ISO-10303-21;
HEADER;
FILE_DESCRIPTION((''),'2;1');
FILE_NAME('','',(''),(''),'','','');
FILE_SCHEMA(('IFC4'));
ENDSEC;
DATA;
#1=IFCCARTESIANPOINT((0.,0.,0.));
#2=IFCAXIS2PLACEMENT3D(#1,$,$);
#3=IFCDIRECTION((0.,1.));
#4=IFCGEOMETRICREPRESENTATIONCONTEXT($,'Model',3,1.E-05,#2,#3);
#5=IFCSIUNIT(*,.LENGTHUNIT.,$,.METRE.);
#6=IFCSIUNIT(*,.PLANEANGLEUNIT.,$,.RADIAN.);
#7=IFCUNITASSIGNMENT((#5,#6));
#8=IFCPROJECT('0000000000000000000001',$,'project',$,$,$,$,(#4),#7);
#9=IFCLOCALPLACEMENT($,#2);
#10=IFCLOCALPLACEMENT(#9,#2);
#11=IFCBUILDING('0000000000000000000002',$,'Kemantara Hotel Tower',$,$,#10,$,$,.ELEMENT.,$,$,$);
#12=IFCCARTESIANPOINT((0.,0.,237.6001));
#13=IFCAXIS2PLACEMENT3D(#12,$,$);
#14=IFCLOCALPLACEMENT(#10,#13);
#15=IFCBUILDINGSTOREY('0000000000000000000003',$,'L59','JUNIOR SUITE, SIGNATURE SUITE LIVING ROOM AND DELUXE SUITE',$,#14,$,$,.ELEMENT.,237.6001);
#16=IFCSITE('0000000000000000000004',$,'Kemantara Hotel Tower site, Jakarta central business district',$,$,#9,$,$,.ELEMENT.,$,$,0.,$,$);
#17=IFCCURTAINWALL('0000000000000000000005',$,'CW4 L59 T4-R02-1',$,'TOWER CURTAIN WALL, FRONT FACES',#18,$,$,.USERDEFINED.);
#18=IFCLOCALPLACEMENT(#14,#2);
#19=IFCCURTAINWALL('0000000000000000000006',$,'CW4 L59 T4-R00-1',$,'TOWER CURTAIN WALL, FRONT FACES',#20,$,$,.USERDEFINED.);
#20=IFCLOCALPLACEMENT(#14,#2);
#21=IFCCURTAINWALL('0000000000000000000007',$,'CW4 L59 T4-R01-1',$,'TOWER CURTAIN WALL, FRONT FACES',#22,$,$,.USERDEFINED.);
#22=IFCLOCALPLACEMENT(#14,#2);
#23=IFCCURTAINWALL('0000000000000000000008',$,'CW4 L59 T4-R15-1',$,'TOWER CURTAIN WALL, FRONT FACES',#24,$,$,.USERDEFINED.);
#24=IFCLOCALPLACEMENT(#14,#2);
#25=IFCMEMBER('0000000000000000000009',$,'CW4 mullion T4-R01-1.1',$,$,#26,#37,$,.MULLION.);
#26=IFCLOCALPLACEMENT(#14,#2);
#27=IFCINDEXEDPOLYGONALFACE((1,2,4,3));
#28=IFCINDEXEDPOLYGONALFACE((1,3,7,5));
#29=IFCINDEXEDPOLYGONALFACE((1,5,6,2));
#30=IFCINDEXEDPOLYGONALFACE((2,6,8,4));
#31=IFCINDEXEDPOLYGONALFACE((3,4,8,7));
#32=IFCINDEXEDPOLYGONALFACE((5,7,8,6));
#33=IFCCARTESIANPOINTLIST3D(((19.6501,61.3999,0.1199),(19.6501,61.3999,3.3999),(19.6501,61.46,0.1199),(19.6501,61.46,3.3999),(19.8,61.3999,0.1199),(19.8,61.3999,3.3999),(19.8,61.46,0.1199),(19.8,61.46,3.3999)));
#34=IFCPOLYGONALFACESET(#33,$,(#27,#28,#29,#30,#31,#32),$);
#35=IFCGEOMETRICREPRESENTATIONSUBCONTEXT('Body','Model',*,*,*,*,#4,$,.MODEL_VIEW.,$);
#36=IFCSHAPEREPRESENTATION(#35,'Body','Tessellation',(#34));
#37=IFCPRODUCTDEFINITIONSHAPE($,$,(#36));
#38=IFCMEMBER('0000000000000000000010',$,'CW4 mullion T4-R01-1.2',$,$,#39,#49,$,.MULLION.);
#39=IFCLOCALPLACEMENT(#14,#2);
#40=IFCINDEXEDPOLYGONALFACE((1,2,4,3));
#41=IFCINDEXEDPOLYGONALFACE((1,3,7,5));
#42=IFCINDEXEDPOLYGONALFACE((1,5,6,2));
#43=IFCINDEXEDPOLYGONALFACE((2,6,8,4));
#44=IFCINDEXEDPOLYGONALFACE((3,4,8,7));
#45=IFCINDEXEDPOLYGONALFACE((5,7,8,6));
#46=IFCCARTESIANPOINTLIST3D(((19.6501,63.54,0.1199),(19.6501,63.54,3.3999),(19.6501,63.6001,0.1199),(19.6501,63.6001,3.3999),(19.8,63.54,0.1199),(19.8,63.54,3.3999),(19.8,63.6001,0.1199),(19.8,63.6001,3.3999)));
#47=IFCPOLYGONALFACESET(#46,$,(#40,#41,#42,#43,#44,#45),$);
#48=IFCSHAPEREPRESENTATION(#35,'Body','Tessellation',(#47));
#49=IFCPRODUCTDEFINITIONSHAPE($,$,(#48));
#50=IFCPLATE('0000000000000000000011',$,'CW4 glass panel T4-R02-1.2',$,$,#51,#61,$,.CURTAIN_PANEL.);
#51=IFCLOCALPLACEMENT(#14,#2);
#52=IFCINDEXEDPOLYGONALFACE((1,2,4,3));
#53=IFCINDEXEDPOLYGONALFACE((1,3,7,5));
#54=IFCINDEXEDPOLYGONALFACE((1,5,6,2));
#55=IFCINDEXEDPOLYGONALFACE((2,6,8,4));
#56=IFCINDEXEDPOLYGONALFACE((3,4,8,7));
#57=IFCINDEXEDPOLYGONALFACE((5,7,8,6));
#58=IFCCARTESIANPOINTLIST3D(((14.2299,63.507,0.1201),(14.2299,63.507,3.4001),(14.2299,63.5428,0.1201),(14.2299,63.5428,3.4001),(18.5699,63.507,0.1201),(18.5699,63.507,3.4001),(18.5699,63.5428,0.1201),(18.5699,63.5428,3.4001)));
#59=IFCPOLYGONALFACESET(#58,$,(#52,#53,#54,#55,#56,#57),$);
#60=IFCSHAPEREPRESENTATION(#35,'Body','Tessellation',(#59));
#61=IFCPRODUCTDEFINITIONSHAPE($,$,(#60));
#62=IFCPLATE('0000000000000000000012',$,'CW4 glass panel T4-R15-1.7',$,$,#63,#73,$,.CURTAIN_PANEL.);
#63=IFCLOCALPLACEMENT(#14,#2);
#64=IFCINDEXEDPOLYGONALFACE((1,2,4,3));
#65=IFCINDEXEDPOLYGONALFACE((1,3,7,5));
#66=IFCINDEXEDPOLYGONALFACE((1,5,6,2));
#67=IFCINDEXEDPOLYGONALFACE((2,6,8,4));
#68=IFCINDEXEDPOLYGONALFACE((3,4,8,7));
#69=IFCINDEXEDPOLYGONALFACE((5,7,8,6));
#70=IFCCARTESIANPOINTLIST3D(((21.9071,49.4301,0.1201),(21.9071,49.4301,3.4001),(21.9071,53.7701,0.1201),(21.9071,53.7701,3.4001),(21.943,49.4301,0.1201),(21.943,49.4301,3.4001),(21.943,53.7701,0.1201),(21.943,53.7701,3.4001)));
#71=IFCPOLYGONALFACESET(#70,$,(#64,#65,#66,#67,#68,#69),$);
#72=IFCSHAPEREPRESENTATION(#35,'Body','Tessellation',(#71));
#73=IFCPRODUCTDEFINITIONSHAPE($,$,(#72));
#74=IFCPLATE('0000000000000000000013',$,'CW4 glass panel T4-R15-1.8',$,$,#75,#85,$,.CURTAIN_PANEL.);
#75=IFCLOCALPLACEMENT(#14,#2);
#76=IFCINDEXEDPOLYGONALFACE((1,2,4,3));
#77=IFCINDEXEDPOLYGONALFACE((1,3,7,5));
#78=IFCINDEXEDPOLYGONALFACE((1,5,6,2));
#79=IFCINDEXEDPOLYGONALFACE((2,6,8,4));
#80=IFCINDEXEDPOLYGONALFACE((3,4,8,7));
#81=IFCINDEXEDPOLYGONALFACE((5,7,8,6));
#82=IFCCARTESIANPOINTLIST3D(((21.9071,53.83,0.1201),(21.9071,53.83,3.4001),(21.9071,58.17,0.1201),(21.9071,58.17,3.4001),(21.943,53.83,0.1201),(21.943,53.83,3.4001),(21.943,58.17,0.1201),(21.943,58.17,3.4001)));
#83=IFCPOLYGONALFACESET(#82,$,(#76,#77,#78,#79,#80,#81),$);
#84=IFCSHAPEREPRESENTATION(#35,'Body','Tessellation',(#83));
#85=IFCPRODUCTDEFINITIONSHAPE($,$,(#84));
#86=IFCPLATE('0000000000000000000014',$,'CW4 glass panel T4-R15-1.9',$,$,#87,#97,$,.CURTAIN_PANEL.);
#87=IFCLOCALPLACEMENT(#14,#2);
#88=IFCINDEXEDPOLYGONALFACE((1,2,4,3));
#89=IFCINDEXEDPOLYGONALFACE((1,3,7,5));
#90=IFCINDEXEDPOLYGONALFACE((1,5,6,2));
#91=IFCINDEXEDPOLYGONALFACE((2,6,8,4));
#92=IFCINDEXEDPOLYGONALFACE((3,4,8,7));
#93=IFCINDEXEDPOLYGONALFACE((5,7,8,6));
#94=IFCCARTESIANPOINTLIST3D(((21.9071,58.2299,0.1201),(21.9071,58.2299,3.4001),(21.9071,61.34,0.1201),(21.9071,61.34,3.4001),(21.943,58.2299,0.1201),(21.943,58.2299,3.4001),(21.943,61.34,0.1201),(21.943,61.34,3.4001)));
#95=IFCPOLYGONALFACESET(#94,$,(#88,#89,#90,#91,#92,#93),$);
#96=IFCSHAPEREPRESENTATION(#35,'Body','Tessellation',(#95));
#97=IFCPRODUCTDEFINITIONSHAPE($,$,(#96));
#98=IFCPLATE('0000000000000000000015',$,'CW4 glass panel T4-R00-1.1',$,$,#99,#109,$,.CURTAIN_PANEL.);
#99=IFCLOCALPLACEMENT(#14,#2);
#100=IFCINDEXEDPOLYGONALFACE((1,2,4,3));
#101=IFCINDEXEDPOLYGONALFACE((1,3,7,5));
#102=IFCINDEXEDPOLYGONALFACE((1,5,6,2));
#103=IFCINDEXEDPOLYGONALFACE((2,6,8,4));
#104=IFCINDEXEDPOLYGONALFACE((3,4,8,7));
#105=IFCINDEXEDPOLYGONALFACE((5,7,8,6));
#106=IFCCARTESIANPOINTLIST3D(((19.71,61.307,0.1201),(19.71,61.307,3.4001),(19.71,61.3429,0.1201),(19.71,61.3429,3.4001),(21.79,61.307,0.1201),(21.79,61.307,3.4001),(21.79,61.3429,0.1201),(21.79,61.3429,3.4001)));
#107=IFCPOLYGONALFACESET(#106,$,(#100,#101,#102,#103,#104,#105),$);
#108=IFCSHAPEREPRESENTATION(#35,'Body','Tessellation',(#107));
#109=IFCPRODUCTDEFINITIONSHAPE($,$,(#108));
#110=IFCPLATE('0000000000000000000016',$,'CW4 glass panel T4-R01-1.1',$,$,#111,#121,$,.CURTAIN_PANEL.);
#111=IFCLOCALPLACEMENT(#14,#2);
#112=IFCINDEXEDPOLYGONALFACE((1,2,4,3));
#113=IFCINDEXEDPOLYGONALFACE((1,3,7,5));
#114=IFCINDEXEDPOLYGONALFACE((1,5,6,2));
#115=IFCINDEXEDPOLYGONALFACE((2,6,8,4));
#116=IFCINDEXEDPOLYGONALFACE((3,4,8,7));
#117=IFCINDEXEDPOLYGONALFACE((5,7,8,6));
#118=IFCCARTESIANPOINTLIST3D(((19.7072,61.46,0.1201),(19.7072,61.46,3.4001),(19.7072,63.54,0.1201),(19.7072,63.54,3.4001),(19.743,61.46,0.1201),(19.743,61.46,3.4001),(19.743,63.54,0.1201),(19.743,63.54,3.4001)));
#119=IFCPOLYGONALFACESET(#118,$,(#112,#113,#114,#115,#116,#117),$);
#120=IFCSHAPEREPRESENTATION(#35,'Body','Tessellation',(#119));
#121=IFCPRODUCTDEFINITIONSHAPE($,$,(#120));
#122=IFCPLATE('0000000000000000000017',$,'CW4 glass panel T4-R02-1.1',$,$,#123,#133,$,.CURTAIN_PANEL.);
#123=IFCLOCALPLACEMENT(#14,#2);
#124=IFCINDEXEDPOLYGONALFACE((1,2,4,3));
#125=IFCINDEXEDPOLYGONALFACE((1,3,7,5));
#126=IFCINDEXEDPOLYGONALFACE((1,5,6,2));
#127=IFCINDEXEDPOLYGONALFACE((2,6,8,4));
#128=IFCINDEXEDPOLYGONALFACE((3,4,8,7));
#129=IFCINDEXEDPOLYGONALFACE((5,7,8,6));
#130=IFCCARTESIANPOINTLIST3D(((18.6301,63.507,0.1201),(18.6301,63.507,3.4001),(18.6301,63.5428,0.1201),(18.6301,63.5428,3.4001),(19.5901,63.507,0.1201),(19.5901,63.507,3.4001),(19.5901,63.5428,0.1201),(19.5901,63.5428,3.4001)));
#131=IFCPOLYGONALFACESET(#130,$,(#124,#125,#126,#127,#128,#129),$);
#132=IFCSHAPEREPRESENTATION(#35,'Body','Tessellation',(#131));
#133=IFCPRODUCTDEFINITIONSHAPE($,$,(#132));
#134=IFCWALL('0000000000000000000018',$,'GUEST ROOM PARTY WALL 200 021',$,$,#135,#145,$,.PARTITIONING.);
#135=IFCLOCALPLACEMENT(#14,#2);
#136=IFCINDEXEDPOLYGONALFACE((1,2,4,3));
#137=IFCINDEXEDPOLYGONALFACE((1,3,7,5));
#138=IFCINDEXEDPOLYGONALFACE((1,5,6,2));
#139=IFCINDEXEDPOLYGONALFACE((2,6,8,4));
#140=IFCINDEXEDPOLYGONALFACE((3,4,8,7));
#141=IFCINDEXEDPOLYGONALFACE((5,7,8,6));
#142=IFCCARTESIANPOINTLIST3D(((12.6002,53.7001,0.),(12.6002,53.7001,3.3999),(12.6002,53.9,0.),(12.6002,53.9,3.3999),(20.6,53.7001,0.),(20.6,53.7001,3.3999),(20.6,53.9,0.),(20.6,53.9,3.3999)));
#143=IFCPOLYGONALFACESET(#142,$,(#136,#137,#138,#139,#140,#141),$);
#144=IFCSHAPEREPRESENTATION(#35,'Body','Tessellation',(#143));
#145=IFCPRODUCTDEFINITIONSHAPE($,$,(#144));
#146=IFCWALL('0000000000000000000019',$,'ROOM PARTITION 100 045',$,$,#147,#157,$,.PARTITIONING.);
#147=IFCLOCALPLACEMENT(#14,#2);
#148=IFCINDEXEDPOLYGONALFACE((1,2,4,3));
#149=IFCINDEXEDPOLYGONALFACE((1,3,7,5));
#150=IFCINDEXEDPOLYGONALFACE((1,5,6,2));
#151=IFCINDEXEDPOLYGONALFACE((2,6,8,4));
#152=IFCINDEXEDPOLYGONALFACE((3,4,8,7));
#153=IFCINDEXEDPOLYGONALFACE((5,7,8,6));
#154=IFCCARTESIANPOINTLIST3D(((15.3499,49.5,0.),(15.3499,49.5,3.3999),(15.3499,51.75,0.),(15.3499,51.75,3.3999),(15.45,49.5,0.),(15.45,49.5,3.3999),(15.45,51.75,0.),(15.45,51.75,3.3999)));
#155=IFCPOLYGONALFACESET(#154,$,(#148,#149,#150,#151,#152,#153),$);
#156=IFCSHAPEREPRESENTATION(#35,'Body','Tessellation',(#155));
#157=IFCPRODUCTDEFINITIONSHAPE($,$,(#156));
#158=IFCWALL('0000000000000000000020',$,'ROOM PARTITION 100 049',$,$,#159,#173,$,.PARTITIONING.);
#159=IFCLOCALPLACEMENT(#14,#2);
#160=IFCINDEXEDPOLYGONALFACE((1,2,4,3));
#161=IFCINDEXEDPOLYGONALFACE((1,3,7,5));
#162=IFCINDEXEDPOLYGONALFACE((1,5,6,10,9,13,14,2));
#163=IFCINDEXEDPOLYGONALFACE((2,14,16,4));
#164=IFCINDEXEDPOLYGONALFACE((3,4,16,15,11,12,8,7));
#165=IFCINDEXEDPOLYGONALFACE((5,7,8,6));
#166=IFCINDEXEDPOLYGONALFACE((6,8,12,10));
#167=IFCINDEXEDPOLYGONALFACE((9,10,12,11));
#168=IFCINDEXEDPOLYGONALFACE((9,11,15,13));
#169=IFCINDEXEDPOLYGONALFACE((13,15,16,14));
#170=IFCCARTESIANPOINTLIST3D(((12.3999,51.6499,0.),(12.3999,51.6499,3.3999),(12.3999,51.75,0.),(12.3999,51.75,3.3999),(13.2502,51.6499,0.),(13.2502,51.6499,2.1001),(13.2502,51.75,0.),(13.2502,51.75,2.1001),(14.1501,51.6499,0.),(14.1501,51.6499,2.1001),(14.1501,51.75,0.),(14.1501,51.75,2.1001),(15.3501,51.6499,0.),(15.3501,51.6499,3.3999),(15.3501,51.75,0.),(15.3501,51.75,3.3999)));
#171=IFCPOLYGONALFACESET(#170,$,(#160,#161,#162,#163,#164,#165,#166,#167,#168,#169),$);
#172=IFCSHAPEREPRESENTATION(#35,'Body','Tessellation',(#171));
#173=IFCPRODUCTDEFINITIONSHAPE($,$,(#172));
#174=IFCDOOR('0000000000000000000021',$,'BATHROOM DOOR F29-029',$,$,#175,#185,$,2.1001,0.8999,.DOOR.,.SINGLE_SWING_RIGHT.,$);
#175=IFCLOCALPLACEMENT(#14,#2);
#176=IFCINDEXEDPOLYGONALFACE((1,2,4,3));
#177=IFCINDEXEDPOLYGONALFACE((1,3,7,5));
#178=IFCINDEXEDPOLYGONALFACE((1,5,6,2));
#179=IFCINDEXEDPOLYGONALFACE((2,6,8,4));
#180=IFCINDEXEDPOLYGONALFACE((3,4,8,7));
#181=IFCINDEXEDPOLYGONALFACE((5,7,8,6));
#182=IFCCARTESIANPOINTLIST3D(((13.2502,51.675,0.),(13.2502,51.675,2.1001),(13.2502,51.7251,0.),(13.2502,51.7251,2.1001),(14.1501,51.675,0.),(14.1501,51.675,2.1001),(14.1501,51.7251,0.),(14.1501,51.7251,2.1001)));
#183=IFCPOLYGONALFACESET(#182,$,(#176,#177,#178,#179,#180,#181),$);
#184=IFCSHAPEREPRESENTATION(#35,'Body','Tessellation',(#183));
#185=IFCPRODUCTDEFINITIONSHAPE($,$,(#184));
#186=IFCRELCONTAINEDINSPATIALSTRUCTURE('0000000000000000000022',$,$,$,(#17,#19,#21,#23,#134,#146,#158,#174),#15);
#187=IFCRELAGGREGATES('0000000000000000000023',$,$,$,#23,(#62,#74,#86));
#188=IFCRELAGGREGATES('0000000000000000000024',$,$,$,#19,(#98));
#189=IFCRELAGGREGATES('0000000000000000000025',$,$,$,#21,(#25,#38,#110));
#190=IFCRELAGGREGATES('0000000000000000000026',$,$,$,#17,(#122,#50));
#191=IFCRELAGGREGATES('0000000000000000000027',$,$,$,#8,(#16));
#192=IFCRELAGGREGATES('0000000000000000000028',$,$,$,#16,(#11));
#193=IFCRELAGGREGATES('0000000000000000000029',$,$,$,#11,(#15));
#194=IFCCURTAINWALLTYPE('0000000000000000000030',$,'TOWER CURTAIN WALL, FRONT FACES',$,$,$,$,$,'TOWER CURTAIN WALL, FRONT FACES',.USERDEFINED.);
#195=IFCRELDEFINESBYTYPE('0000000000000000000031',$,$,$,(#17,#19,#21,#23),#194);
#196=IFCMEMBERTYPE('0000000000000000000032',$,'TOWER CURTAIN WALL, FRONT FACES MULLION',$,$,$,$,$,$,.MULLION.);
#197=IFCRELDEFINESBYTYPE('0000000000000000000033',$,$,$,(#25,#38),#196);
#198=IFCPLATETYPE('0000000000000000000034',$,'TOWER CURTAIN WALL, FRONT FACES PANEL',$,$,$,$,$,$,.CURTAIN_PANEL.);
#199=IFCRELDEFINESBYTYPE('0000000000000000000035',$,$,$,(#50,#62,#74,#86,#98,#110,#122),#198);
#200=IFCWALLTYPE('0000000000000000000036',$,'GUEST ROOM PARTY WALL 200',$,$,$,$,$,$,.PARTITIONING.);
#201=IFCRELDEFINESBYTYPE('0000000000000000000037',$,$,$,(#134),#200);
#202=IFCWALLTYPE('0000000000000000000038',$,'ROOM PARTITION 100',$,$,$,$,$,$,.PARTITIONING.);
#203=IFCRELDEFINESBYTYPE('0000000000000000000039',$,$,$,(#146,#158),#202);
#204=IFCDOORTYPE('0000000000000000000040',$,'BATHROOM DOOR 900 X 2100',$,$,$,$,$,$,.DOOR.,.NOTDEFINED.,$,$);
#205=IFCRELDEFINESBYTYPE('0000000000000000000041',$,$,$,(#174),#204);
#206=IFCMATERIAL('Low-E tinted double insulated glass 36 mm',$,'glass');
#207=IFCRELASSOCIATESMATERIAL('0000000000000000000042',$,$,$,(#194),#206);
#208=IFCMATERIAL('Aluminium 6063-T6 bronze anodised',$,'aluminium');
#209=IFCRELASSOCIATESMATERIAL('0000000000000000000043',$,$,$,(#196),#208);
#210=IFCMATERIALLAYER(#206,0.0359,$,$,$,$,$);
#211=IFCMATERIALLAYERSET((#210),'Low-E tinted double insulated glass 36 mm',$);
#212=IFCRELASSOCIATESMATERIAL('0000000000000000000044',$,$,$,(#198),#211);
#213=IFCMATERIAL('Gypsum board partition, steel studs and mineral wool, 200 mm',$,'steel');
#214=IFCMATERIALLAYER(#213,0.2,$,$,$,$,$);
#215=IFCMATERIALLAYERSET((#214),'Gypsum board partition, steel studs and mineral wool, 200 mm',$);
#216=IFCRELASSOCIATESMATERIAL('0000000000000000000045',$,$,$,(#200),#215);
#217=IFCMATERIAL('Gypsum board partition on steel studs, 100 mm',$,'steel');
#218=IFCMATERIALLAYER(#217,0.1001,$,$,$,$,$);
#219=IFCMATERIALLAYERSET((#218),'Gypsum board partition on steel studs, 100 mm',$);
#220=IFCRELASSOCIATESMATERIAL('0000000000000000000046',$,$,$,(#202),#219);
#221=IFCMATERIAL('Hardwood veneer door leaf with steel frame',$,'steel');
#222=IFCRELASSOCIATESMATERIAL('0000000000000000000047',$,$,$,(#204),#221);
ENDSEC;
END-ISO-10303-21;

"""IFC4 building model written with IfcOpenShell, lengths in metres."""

from ifc_helpers import new_model, si_unit, direction, frame, frame_2d, origin, origin_2d, place, context, subcontext, project, spatial, rectangle, extrude, source, transform, mapped, material, layer, layer_set, material_profile, profile_set, type_object, element, fill, aggregate, save


model = new_model("IFC4")

# Units and contexts
model_context = context("Model", 3, precision=1e-05, world=origin(), true_north=direction((0.0, 1.0)))
body_context = subcontext(model_context, "Body", "Model", "MODEL_VIEW")
ifc_project = project(units=[si_unit("LENGTHUNIT", "METRE"), si_unit("PLANEANGLEUNIT", "RADIAN")], contexts=[model_context])

# Site, building, storey
site_placement = place(None, origin())
site = spatial("IfcSite", under=ifc_project, at=site_placement, Name="Kemantara Hotel Tower site, Jakarta central business district", CompositionType="ELEMENT", RefElevation=0.0)
building_placement = place(site_placement, origin())
building = spatial("IfcBuilding", under=site, at=building_placement, Name="Kemantara Hotel Tower", CompositionType="ELEMENT")
storey_placement = place(building_placement, frame((0.0, 0.0, 237.6001)))
storey = spatial("IfcBuildingStorey", under=building, at=storey_placement, Name="L59", Description="JUNIOR SUITE, SIGNATURE SUITE LIVING ROOM AND DELUXE SUITE", CompositionType="ELEMENT", Elevation=237.6001)

# Curtain walls
ifc_material_1 = material(Name="Low-E tinted double insulated glass 36 mm", Category="glass")
curtain_wall_type = type_object("IfcCurtainWallType", Name="TOWER CURTAIN WALL, FRONT FACES", ElementType="TOWER CURTAIN WALL, FRONT FACES", PredefinedType="USERDEFINED", material=ifc_material_1)
curtain_wall_1_placement = place(storey_placement, origin())
curtain_wall_1 = element("IfcCurtainWall", 1, at=curtain_wall_1_placement, inside=storey, type_object=curtain_wall_type, Name="CW4 L59 T4-R02-1", ObjectType="TOWER CURTAIN WALL, FRONT FACES", PredefinedType="USERDEFINED")
ifc_material_2 = material(Name="Aluminium 6063-T6 bronze anodised", Category="aluminium")
curtain_wall_2_placement = place(storey_placement, origin())
curtain_wall_2 = element("IfcCurtainWall", 2, at=curtain_wall_2_placement, inside=storey, type_object=curtain_wall_type, Name="CW4 L59 T4-R00-1", ObjectType="TOWER CURTAIN WALL, FRONT FACES", PredefinedType="USERDEFINED")
curtain_wall_3_placement = place(storey_placement, origin())
curtain_wall_3 = element("IfcCurtainWall", 3, at=curtain_wall_3_placement, inside=storey, type_object=curtain_wall_type, Name="CW4 L59 T4-R01-1", ObjectType="TOWER CURTAIN WALL, FRONT FACES", PredefinedType="USERDEFINED")

# Shared definitions
ifc_material_profile_1 = material_profile(ifc_material_2, rectangle(XDim=0.1499, YDim=0.0601, at=origin_2d()), Name="TOWER CURTAIN WALL, FRONT FACES MULLION")
ifc_profile_set_1 = profile_set([ifc_material_profile_1], Name="Aluminium 6063-T6 bronze anodised")
member_type_1 = type_object("IfcMemberType", Name="TOWER CURTAIN WALL, FRONT FACES MULLION", PredefinedType="MULLION", material=ifc_profile_set_1)
shared_shape_1 = source(origin(), body_context, "Body", "SweptSolid", [
    extrude(rectangle(XDim=0.1499, YDim=0.0601, at=origin_2d()), origin(), (0.0, 0.0, 1.0), 3.28),
])

# Curtain wall
curtain_wall_4_placement = place(storey_placement, origin())
curtain_wall_4 = element("IfcCurtainWall", 4, at=curtain_wall_4_placement, inside=storey, type_object=curtain_wall_type, Name="CW4 L59 T4-R15-1", ObjectType="TOWER CURTAIN WALL, FRONT FACES", PredefinedType="USERDEFINED")

# Members
member_1_placement = place(storey_placement, frame((19.7251, 61.4299, 0.1199), z_axis=(0.0, 0.0, 1.0), x_axis=(-1.0, 0.0, 0.0)))
member_1 = element("IfcMember", 5, at=member_1_placement, type_object=member_type_1, Name="CW4 mullion T4-R01-1.1", PredefinedType="MULLION", context=body_context, shape_type="MappedRepresentation", body=[
    mapped(shared_shape_1, transform((0.0, 0.0, 0.0))),
])
member_2_placement = place(storey_placement, frame((19.7251, 63.5701, 0.1199), z_axis=(0.0, 0.0, 1.0), x_axis=(-1.0, 0.0, 0.0)))
member_2 = element("IfcMember", 6, at=member_2_placement, type_object=member_type_1, Name="CW4 mullion T4-R01-1.2", PredefinedType="MULLION", context=body_context, shape_type="MappedRepresentation", body=[
    mapped(shared_shape_1, transform((0.0, 0.0, 0.0))),
])

# Plates
ifc_layer_1 = layer(ifc_material_1, 0.0359)
ifc_layer_set_1 = layer_set([ifc_layer_1], Name="Low-E tinted double insulated glass 36 mm")
plate_type = type_object("IfcPlateType", Name="TOWER CURTAIN WALL, FRONT FACES PANEL", PredefinedType="CURTAIN_PANEL", material=ifc_layer_set_1)
shared_shape_2 = source(origin(), body_context, "Body", "SweptSolid", [
    extrude(rectangle(XDim=4.3401, YDim=0.0359, at=origin_2d()), origin(), (0.0, 0.0, 1.0), 3.28),
])
plate_1_placement = place(storey_placement, frame((16.3999, 63.5249, 0.1201), z_axis=(0.0, 0.0, 1.0), x_axis=(-1.0, 0.0, 0.0)))
plate_1 = element("IfcPlate", 7, at=plate_1_placement, type_object=plate_type, Name="CW4 glass panel T4-R02-1.2", PredefinedType="CURTAIN_PANEL", context=body_context, shape_type="MappedRepresentation", body=[
    mapped(shared_shape_2, transform((0.0, 0.0, 0.0))),
])
plate_2_placement = place(storey_placement, frame((21.925, 51.6001, 0.1201), z_axis=(0.0, 0.0, 1.0), x_axis=(0.0, 1.0, 0.0)))
plate_2 = element("IfcPlate", 8, at=plate_2_placement, type_object=plate_type, Name="CW4 glass panel T4-R15-1.7", PredefinedType="CURTAIN_PANEL", context=body_context, shape_type="MappedRepresentation", body=[
    mapped(shared_shape_2, transform((0.0, 0.0, 0.0))),
])
plate_3_placement = place(storey_placement, frame((21.925, 56.0, 0.1201), z_axis=(0.0, 0.0, 1.0), x_axis=(0.0, 1.0, 0.0)))
plate_3 = element("IfcPlate", 9, at=plate_3_placement, type_object=plate_type, Name="CW4 glass panel T4-R15-1.8", PredefinedType="CURTAIN_PANEL", context=body_context, shape_type="MappedRepresentation", body=[
    mapped(shared_shape_2, transform((0.0, 0.0, 0.0))),
])
shared_shape_3 = source(origin(), body_context, "Body", "SweptSolid", [
    extrude(rectangle(XDim=3.1101, YDim=0.0359, at=origin_2d()), origin(), (0.0, 0.0, 1.0), 3.28),
])
plate_4_placement = place(storey_placement, frame((21.925, 59.7849, 0.1201), z_axis=(0.0, 0.0, 1.0), x_axis=(0.0, 1.0, 0.0)))
plate_4 = element("IfcPlate", 10, at=plate_4_placement, type_object=plate_type, Name="CW4 glass panel T4-R15-1.9", PredefinedType="CURTAIN_PANEL", context=body_context, shape_type="MappedRepresentation", body=[
    mapped(shared_shape_3, transform((0.0, 0.0, 0.0))),
])
aggregate(curtain_wall_4, [plate_2, plate_3, plate_4])
shared_shape_4 = source(origin(), body_context, "Body", "SweptSolid", [
    extrude(rectangle(XDim=2.0801, YDim=0.0359, at=origin_2d()), origin(), (0.0, 0.0, 1.0), 3.28),
])
plate_5_placement = place(storey_placement, frame((20.75, 61.325, 0.1201), z_axis=(0.0, 0.0, 1.0), x_axis=(-1.0, 0.0, 0.0)))
plate_5 = element("IfcPlate", 11, at=plate_5_placement, type_object=plate_type, Name="CW4 glass panel T4-R00-1.1", PredefinedType="CURTAIN_PANEL", context=body_context, shape_type="MappedRepresentation", body=[
    mapped(shared_shape_4, transform((0.0, 0.0, 0.0))),
])
aggregate(curtain_wall_2, [plate_5])
plate_6_placement = place(storey_placement, frame((19.7251, 62.5, 0.1201), z_axis=(0.0, 0.0, 1.0), x_axis=(0.0, 1.0, 0.0)))
plate_6 = element("IfcPlate", 12, at=plate_6_placement, type_object=plate_type, Name="CW4 glass panel T4-R01-1.1", PredefinedType="CURTAIN_PANEL", context=body_context, shape_type="MappedRepresentation", body=[
    mapped(shared_shape_4, transform((0.0, 0.0, 0.0))),
])
aggregate(curtain_wall_3, [member_1, member_2, plate_6])
shared_shape_5 = source(origin(), body_context, "Body", "SweptSolid", [
    extrude(rectangle(XDim=0.96, YDim=0.0359, at=origin_2d()), origin(), (0.0, 0.0, 1.0), 3.28),
])
plate_7_placement = place(storey_placement, frame((19.1101, 63.5249, 0.1201), z_axis=(0.0, 0.0, 1.0), x_axis=(-1.0, 0.0, 0.0)))
plate_7 = element("IfcPlate", 13, at=plate_7_placement, type_object=plate_type, Name="CW4 glass panel T4-R02-1.1", PredefinedType="CURTAIN_PANEL", context=body_context, shape_type="MappedRepresentation", body=[
    mapped(shared_shape_5, transform((0.0, 0.0, 0.0))),
])
aggregate(curtain_wall_1, [plate_7, plate_1])

# Walls
ifc_material_3 = material(Name="Gypsum board partition, steel studs and mineral wool, 200 mm", Category="steel")
ifc_layer_2 = layer(ifc_material_3, 0.2)
ifc_layer_set_2 = layer_set([ifc_layer_2], Name="Gypsum board partition, steel studs and mineral wool, 200 mm")
wall_type_1 = type_object("IfcWallType", Name="GUEST ROOM PARTY WALL 200", PredefinedType="PARTITIONING", material=ifc_layer_set_2)
wall_1_placement = place(storey_placement, frame((12.6001, 53.8, 0.0), z_axis=(0.0, 0.0, 1.0), x_axis=(1.0, 0.0, 0.0)))
element("IfcWall", 14, at=wall_1_placement, inside=storey, type_object=wall_type_1, Name="GUEST ROOM PARTY WALL 200 021", PredefinedType="PARTITIONING", context=body_context, shape_type="SweptSolid", body=[
    extrude(rectangle(XDim=7.9998, YDim=0.2, at=frame_2d((4.0, 0.0))), origin(), (0.0, 0.0, 1.0), 3.3999),
])
ifc_material_4 = material(Name="Gypsum board partition on steel studs, 100 mm", Category="steel")
ifc_layer_3 = layer(ifc_material_4, 0.1001)
ifc_layer_set_3 = layer_set([ifc_layer_3], Name="Gypsum board partition on steel studs, 100 mm")
wall_type_2 = type_object("IfcWallType", Name="ROOM PARTITION 100", PredefinedType="PARTITIONING", material=ifc_layer_set_3)
wall_2_placement = place(storey_placement, frame((15.3999, 49.5, 0.0), z_axis=(0.0, 0.0, 1.0), x_axis=(0.0, 1.0, 0.0)))
element("IfcWall", 15, at=wall_2_placement, inside=storey, type_object=wall_type_2, Name="ROOM PARTITION 100 045", PredefinedType="PARTITIONING", context=body_context, shape_type="SweptSolid", body=[
    extrude(rectangle(XDim=2.25, YDim=0.1001, at=frame_2d((1.125, 0.0))), origin(), (0.0, 0.0, 1.0), 3.3999),
])

# Wall, opening, door
wall_3_placement = place(storey_placement, frame((15.3501, 51.7, 0.0), z_axis=(0.0, 0.0, 1.0), x_axis=(-1.0, 0.0, 0.0)))
wall_3 = element("IfcWall", 16, at=wall_3_placement, inside=storey, type_object=wall_type_2, Name="ROOM PARTITION 100 049", PredefinedType="PARTITIONING", context=body_context, shape_type="SweptSolid", body=[
    extrude(rectangle(XDim=2.9502, YDim=0.1001, at=frame_2d((1.4751, 0.0))), origin(), (0.0, 0.0, 1.0), 3.3999),
])
opening_1_placement = place(wall_3_placement, frame((1.2, 0.0, 0.0)))
opening_1 = element("IfcOpeningElement", 17, at=opening_1_placement, cuts=wall_3, PredefinedType="OPENING", context=body_context, shape_type="SweptSolid", body=[
    extrude(rectangle(XDim=0.8999, YDim=2.1001, at=frame_2d((0.45, 1.05))), frame((0.0, 0.0601, 0.0), z_axis=(0.0, -1.0, 0.0), x_axis=(1.0, 0.0, 0.0)), (0.0, 0.0, 1.0), 0.1201),
])
ifc_material_5 = material(Name="Hardwood veneer door leaf with steel frame", Category="steel")
door_type = type_object("IfcDoorType", Name="BATHROOM DOOR 900 X 2100", OperationType="NOTDEFINED", PredefinedType="DOOR", material=ifc_material_5)
door_1_placement = place(opening_1_placement, origin())
door_1 = element("IfcDoor", 18, at=door_1_placement, inside=storey, type_object=door_type, Name="BATHROOM DOOR F29-029", OperationType="SINGLE_SWING_RIGHT", OverallHeight=2.1001, OverallWidth=0.8999, PredefinedType="DOOR", context=body_context, shape_type="SweptSolid", body=[
    extrude(rectangle(XDim=0.8999, YDim=2.1001, at=frame_2d((0.45, 1.05))), frame((0.0, 0.0249, 0.0), z_axis=(0.0, -1.0, 0.0), x_axis=(1.0, 0.0, 0.0)), (0.0, 0.0, 1.0), 0.05),
])
fill(opening_1, door_1)

save(model, "model.ifc")
